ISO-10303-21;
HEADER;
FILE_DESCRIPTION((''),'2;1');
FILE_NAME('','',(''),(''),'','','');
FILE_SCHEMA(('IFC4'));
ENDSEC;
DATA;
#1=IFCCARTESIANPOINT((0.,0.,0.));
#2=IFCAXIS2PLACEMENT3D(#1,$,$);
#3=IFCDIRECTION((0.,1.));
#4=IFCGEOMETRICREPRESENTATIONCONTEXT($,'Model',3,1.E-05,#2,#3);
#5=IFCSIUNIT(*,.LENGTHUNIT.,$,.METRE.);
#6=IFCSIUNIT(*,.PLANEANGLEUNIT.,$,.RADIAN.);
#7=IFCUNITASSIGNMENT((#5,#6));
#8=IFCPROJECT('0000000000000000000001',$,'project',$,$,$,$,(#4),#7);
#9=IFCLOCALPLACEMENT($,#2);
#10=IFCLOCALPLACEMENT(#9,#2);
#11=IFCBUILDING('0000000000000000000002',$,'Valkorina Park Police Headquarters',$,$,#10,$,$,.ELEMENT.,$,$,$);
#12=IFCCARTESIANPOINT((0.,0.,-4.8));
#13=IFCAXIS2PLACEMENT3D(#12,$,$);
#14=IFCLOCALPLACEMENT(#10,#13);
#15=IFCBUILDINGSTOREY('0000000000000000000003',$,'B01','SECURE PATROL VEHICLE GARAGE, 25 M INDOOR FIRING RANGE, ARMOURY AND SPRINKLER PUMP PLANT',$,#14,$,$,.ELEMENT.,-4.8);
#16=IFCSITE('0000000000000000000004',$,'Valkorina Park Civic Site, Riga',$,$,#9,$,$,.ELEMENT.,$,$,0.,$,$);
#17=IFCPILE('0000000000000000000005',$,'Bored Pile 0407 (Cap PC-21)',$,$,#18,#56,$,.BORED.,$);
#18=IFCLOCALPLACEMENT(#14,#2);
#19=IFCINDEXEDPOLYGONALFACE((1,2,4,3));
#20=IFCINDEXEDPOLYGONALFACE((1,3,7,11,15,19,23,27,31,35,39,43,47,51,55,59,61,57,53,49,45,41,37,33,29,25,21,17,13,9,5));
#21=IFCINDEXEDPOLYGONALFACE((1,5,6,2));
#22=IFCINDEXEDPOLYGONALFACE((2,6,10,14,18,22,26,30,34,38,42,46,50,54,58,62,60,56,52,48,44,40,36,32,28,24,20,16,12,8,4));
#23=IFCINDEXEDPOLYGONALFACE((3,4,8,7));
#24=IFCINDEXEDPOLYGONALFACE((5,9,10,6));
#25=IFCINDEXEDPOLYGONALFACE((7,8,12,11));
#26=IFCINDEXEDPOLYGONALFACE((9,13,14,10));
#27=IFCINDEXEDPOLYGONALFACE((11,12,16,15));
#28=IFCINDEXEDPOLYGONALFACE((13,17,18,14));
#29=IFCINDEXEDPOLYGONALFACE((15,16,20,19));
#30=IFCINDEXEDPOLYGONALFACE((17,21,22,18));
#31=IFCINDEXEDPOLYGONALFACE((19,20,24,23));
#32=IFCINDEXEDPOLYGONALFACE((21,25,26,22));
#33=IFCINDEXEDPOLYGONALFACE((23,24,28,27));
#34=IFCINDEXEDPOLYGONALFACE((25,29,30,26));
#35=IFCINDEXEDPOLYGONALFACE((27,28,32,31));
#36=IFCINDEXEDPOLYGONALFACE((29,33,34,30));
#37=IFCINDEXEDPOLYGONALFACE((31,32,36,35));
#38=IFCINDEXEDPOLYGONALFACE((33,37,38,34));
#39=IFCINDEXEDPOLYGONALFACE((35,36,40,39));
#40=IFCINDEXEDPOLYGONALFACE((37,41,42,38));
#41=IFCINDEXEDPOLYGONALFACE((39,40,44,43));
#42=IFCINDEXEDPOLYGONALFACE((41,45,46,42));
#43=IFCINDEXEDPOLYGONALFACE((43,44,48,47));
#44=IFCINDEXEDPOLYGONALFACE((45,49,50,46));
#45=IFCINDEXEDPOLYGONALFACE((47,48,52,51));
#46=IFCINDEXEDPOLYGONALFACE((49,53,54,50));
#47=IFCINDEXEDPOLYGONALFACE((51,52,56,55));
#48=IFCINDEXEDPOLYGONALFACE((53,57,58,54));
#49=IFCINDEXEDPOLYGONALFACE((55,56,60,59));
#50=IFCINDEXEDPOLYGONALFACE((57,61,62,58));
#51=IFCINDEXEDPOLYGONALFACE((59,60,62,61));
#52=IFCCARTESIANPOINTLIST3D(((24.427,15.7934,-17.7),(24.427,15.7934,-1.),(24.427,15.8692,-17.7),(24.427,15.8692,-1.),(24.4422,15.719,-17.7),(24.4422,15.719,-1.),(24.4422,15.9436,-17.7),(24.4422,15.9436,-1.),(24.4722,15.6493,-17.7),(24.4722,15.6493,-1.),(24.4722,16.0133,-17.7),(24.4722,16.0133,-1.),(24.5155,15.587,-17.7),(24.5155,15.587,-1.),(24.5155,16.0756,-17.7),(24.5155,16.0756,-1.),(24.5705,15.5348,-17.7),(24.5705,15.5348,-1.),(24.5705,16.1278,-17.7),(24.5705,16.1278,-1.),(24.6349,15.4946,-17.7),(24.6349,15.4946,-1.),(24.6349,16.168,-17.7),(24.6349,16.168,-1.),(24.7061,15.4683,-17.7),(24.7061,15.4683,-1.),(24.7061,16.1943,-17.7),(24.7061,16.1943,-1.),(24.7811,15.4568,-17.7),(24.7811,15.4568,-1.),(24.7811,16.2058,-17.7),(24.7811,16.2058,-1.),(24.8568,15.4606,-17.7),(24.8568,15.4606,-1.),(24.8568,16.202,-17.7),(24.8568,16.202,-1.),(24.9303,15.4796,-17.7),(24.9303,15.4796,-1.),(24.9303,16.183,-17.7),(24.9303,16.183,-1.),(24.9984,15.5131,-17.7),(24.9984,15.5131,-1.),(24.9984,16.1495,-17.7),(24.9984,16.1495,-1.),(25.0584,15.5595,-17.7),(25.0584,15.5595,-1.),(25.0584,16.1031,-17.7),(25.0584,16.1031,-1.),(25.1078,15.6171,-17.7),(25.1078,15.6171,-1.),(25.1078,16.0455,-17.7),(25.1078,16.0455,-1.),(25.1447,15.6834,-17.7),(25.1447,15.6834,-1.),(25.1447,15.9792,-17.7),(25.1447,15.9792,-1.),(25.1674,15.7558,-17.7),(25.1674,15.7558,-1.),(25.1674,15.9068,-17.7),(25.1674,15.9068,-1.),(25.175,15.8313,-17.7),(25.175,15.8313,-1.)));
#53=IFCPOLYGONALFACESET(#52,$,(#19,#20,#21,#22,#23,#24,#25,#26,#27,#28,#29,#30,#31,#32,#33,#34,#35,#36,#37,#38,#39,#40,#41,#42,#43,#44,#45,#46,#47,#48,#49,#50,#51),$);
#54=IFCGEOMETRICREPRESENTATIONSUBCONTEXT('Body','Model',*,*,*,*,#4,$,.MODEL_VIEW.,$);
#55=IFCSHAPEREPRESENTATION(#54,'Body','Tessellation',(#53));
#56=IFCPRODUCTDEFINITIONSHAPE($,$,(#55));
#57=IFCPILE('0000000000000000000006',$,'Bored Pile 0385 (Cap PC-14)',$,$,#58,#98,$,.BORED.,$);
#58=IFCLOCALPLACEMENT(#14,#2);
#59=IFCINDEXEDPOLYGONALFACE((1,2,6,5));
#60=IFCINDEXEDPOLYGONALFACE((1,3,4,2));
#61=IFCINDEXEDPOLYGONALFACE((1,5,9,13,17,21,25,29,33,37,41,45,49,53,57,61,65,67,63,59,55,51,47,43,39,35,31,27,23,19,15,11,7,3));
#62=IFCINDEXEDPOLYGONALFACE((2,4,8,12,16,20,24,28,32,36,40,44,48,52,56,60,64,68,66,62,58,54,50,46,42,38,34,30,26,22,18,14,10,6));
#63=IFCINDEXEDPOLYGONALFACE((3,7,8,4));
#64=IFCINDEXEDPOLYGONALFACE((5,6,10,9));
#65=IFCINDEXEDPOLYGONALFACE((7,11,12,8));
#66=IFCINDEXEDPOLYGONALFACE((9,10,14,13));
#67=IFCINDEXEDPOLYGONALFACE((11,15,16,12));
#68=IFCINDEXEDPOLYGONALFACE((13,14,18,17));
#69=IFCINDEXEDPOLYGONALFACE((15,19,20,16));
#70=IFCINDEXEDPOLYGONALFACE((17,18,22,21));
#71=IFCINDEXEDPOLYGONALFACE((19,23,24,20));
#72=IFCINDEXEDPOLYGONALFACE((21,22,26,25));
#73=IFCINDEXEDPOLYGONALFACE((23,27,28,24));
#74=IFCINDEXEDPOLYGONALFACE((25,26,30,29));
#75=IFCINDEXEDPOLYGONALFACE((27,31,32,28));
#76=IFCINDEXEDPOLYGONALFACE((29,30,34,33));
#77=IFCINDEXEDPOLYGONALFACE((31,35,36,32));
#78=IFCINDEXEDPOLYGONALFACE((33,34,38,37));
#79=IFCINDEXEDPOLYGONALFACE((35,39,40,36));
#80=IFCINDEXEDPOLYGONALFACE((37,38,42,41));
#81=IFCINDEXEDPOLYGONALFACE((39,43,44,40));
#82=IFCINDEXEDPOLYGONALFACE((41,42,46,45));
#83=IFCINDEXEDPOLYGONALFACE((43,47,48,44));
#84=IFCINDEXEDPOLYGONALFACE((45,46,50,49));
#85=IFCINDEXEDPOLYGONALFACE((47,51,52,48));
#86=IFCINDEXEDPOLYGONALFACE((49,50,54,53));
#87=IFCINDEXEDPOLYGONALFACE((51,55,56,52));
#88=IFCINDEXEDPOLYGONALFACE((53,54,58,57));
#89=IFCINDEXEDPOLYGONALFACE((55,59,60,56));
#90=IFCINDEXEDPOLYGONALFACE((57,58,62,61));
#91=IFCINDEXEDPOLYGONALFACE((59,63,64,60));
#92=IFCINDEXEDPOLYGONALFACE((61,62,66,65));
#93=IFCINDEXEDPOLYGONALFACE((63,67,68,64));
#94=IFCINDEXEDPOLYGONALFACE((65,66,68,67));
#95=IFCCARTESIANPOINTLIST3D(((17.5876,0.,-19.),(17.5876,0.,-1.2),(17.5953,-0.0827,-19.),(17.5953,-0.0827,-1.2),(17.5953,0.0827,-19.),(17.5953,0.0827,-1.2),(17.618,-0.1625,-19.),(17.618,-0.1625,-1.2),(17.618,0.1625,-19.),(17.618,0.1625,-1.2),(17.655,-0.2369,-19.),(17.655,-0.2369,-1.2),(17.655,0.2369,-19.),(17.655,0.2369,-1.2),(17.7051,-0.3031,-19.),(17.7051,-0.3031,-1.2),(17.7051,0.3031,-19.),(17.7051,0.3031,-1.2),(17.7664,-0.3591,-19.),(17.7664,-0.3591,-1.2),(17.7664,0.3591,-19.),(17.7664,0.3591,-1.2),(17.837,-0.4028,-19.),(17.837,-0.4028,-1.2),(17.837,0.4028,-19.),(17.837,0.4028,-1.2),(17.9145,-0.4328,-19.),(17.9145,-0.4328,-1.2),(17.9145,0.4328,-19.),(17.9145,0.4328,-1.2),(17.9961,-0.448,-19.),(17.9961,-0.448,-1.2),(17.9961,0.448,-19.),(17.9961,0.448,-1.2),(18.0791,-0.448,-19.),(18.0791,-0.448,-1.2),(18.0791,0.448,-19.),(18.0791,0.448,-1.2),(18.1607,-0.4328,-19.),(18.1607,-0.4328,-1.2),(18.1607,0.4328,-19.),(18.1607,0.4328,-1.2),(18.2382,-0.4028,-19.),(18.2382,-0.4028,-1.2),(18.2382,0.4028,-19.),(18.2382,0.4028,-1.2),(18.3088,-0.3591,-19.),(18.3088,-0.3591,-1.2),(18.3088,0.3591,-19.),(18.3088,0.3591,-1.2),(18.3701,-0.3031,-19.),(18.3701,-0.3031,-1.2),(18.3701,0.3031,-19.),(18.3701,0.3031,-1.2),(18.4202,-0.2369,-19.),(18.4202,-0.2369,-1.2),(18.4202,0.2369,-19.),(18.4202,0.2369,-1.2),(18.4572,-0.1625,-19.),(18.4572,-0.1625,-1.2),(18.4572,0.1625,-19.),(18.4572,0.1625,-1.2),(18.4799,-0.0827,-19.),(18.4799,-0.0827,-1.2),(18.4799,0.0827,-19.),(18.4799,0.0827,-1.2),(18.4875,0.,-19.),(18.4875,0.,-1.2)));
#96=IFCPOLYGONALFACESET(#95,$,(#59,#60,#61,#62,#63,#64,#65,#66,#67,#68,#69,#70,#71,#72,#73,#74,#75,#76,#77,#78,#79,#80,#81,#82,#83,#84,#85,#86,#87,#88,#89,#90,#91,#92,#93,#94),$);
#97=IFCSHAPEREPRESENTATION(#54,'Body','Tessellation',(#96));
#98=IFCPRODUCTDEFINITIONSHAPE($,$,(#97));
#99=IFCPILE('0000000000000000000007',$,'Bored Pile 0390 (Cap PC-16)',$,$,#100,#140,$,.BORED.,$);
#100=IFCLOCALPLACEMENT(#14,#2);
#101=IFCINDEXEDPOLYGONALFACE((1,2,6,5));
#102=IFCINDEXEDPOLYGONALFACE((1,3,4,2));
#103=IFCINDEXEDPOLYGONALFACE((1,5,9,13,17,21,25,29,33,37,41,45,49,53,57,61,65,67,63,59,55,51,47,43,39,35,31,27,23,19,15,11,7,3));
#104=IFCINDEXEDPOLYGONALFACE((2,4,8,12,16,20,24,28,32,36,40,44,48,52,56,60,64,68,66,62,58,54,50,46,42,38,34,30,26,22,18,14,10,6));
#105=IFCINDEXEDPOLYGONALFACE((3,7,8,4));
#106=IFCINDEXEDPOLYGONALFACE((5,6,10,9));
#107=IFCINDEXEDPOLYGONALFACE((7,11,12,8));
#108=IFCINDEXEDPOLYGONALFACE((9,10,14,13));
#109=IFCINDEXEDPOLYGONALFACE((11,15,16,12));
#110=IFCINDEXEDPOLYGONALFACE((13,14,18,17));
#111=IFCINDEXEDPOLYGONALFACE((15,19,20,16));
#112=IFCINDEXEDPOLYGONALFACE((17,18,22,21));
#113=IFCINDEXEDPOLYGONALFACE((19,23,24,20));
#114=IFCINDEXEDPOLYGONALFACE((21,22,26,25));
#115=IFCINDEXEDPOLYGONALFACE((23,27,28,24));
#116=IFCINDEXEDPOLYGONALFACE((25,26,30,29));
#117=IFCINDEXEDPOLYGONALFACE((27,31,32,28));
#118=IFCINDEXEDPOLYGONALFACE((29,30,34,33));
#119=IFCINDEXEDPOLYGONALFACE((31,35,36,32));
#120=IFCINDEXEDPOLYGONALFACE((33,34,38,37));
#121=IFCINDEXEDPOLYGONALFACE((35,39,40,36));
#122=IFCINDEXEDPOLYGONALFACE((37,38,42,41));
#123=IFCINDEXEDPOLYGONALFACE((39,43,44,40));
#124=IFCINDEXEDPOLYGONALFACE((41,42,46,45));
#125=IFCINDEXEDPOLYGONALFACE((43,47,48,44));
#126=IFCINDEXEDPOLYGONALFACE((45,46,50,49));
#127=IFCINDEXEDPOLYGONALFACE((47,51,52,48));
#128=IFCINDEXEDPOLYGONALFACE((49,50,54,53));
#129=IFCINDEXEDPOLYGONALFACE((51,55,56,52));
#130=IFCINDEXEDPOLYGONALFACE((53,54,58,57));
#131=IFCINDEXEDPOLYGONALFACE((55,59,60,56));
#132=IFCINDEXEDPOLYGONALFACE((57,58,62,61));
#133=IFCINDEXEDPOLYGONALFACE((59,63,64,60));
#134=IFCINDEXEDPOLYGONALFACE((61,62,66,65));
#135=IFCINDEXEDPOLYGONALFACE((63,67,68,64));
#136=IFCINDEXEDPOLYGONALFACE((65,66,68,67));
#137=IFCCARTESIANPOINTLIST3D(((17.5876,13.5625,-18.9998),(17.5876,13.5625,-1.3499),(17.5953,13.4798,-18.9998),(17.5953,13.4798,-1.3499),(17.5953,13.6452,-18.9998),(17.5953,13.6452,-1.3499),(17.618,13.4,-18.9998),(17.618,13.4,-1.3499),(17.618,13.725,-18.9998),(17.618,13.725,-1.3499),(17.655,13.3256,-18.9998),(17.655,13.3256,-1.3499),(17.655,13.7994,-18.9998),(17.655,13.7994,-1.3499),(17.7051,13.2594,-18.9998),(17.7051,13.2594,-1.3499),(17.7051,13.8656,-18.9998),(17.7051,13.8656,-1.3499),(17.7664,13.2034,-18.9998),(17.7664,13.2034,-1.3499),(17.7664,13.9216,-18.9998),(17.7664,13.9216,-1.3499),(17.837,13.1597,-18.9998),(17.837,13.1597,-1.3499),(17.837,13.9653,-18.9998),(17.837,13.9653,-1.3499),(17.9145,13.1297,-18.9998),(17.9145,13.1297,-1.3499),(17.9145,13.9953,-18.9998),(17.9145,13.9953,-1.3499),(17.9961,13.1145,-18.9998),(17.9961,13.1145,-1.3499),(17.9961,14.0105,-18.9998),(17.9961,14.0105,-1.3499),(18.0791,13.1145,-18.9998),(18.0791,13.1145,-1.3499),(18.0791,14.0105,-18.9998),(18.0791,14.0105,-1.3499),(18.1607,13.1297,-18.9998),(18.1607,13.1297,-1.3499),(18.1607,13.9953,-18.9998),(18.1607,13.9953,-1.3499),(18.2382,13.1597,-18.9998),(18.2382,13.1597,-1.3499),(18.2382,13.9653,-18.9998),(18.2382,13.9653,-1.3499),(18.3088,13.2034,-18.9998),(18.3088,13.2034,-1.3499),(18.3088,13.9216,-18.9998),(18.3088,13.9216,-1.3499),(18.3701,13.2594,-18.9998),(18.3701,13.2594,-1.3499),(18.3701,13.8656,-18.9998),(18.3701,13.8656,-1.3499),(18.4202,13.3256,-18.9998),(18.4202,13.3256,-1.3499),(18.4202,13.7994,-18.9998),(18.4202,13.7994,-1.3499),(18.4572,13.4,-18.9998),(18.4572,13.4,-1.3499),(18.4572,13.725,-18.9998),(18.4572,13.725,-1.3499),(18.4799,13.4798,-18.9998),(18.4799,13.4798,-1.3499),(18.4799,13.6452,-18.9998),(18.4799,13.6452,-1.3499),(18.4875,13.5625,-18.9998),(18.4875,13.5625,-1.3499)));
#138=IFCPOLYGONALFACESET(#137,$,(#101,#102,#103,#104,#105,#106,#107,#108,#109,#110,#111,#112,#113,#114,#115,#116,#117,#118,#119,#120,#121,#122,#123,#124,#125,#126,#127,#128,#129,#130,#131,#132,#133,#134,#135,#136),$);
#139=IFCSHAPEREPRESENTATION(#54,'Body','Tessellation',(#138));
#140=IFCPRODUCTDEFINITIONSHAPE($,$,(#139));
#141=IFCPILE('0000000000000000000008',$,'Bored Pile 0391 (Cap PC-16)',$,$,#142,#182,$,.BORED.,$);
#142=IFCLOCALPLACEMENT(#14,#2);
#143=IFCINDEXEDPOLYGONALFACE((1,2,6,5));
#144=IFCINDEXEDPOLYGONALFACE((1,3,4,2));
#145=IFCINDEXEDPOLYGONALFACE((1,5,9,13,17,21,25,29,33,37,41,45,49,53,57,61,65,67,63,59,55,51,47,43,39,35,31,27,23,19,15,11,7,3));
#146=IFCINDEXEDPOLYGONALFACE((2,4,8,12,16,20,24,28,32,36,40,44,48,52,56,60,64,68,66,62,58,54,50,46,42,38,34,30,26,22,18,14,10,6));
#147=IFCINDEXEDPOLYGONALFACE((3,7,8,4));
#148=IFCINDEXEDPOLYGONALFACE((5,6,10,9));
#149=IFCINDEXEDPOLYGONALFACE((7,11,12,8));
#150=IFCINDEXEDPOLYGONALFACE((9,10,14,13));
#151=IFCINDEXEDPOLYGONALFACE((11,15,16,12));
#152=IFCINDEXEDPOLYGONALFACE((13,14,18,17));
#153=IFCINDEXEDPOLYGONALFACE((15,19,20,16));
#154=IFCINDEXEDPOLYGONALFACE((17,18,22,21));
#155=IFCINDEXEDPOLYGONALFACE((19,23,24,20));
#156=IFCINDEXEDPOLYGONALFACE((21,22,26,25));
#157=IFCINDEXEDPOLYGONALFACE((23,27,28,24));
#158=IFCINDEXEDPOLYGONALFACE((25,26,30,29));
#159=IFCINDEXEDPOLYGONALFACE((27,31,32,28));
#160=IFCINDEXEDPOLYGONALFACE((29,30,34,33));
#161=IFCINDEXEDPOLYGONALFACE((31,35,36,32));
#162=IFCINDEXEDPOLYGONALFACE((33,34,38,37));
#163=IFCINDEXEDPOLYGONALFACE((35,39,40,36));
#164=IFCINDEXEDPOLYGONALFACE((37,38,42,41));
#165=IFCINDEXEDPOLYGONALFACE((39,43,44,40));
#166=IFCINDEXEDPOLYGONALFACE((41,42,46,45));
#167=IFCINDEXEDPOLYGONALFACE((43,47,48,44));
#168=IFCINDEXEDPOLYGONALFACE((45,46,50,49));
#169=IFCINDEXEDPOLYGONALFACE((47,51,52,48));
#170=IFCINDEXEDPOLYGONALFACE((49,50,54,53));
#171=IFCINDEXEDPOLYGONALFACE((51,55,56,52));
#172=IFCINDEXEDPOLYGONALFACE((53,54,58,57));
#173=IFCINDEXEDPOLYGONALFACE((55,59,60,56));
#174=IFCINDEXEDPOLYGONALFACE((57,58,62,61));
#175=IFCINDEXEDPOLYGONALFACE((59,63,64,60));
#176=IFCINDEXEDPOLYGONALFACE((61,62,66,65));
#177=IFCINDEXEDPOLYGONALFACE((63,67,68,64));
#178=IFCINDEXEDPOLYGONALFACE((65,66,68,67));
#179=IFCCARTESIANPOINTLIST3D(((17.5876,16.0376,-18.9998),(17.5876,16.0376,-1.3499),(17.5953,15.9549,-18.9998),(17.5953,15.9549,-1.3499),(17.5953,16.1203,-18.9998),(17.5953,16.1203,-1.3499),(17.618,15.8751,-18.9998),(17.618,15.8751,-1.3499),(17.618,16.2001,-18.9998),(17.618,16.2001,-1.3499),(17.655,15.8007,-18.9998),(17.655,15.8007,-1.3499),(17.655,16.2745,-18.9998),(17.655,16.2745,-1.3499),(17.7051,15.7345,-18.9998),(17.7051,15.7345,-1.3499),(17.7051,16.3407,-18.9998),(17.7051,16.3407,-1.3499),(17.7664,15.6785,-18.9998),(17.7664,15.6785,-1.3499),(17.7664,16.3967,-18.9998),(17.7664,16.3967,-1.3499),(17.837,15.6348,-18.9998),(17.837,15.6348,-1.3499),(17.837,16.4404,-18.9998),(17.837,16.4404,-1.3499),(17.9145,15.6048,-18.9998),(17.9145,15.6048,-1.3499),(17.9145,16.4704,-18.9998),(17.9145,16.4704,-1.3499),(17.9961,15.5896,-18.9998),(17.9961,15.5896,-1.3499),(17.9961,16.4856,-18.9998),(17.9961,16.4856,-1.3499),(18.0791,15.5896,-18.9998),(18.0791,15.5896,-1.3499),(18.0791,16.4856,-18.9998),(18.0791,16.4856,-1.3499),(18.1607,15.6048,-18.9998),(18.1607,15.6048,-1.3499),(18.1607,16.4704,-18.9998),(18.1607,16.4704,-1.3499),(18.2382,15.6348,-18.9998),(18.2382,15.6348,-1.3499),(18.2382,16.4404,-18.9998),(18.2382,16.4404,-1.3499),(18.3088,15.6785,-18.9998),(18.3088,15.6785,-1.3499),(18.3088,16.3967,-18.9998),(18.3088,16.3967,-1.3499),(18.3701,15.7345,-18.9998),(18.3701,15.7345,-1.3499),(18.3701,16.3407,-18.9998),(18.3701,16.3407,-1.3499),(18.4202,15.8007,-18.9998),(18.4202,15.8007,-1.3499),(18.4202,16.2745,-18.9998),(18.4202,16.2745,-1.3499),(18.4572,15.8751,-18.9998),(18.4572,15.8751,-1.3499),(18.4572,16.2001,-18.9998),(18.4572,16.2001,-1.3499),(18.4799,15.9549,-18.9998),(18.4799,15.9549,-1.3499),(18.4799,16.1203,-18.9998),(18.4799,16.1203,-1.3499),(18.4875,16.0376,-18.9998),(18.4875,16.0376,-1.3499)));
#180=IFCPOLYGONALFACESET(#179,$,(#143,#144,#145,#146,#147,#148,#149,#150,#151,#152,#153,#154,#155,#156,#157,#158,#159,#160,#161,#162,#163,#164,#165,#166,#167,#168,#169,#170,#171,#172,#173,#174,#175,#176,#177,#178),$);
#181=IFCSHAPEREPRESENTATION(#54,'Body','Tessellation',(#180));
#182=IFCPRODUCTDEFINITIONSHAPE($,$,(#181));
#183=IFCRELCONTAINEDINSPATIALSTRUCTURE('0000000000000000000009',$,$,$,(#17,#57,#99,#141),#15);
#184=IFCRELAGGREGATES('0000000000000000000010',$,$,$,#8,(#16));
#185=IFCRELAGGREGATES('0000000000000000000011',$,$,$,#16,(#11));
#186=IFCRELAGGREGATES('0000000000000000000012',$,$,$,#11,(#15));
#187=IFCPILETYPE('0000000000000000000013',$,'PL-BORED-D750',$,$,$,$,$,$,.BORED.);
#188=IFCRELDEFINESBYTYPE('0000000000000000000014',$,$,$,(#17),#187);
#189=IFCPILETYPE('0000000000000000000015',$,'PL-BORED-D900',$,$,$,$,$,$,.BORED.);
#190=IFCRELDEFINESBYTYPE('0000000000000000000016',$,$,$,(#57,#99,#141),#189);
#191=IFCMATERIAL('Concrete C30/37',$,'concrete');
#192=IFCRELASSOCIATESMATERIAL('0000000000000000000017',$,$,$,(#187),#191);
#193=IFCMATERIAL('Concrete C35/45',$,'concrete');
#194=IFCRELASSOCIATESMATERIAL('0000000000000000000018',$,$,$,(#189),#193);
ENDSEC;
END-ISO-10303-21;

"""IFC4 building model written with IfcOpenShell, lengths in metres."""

from ifc_helpers import new_model, si_unit, direction, frame, origin, origin_2d, place, context, subcontext, project, spatial, circle, extrude, material, material_profile, profile_set, type_object, element, save


model = new_model("IFC4")

# Units and contexts
model_context = context("Model", 3, precision=1e-05, world=origin(), true_north=direction((0.0, 1.0)))
body_context = subcontext(model_context, "Body", "Model", "MODEL_VIEW")
ifc_project = project(units=[si_unit("LENGTHUNIT", "METRE"), si_unit("PLANEANGLEUNIT", "RADIAN")], contexts=[model_context])

# Site, building, storey
site_placement = place(None, origin())
site = spatial("IfcSite", under=ifc_project, at=site_placement, Name="Valkorina Park Civic Site, Riga", CompositionType="ELEMENT", RefElevation=0.0)
building_placement = place(site_placement, origin())
building = spatial("IfcBuilding", under=site, at=building_placement, Name="Valkorina Park Police Headquarters", CompositionType="ELEMENT")
storey_placement = place(building_placement, frame((0.0, 0.0, -4.8)))
storey = spatial("IfcBuildingStorey", under=building, at=storey_placement, Name="B01", Description="SECURE PATROL VEHICLE GARAGE, 25 M INDOOR FIRING RANGE, ARMOURY AND SPRINKLER PUMP PLANT", CompositionType="ELEMENT", Elevation=-4.8)

# Piles
ifc_material_1 = material(Name="Concrete C30/37", Category="concrete")
ifc_material_profile_1 = material_profile(ifc_material_1, circle(Radius=0.375, at=origin_2d()), Name="BORED PILE D750")
ifc_profile_set_1 = profile_set([ifc_material_profile_1], Name="Concrete C30/37")
pile_type_1 = type_object("IfcPileType", Name="PL-BORED-D750", PredefinedType="BORED", material=ifc_profile_set_1)
for number, where, z_axis, x_axis, name in (
    (1, (24.8, 15.8313, -1.0), (0.0, 0.0, -1.0), (1.0, 0.0, 0.0), "Bored Pile 0407 (Cap PC-21)"),
):
    element("IfcPile", number, at=place(storey_placement, frame(where, z_axis=z_axis, x_axis=x_axis)), inside=storey, type_object=pile_type_1, Name=name, PredefinedType="BORED", context=body_context, shape_type="SweptSolid", body=[
        extrude(circle(Radius=0.375, at=origin_2d()), origin(), (0.0, 0.0, 1.0), 16.7),
    ])
ifc_material_2 = material(Name="Concrete C35/45", Category="concrete")
ifc_material_profile_2 = material_profile(ifc_material_2, circle(Radius=0.45, at=origin_2d()), Name="BORED PILE D900")
ifc_profile_set_2 = profile_set([ifc_material_profile_2], Name="Concrete C35/45")
pile_type_2 = type_object("IfcPileType", Name="PL-BORED-D900", PredefinedType="BORED", material=ifc_profile_set_2)
pile_1_placement = place(storey_placement, frame((18.0376, 0.0, -1.2), z_axis=(0.0, 0.0, -1.0), x_axis=(1.0, 0.0, 0.0)))
element("IfcPile", 2, at=pile_1_placement, inside=storey, type_object=pile_type_2, Name="Bored Pile 0385 (Cap PC-14)", PredefinedType="BORED", context=body_context, shape_type="SweptSolid", body=[
    extrude(circle(Radius=0.45, at=origin_2d()), origin(), (0.0, 0.0, 1.0), 17.8),
])
for number, where, z_axis, x_axis, name in (
    (3, (18.0376, 13.5625, -1.3499), (0.0, 0.0, -1.0), (1.0, 0.0, 0.0), "Bored Pile 0390 (Cap PC-16)"),
    (4, (18.0376, 16.0376, -1.3499), (0.0, 0.0, -1.0), (1.0, 0.0, 0.0), "Bored Pile 0391 (Cap PC-16)"),
):
    element("IfcPile", number, at=place(storey_placement, frame(where, z_axis=z_axis, x_axis=x_axis)), inside=storey, type_object=pile_type_2, Name=name, PredefinedType="BORED", context=body_context, shape_type="SweptSolid", body=[
        extrude(circle(Radius=0.45, at=origin_2d()), origin(), (0.0, 0.0, 1.0), 17.6499),
    ])

save(model, "model.ifc")
